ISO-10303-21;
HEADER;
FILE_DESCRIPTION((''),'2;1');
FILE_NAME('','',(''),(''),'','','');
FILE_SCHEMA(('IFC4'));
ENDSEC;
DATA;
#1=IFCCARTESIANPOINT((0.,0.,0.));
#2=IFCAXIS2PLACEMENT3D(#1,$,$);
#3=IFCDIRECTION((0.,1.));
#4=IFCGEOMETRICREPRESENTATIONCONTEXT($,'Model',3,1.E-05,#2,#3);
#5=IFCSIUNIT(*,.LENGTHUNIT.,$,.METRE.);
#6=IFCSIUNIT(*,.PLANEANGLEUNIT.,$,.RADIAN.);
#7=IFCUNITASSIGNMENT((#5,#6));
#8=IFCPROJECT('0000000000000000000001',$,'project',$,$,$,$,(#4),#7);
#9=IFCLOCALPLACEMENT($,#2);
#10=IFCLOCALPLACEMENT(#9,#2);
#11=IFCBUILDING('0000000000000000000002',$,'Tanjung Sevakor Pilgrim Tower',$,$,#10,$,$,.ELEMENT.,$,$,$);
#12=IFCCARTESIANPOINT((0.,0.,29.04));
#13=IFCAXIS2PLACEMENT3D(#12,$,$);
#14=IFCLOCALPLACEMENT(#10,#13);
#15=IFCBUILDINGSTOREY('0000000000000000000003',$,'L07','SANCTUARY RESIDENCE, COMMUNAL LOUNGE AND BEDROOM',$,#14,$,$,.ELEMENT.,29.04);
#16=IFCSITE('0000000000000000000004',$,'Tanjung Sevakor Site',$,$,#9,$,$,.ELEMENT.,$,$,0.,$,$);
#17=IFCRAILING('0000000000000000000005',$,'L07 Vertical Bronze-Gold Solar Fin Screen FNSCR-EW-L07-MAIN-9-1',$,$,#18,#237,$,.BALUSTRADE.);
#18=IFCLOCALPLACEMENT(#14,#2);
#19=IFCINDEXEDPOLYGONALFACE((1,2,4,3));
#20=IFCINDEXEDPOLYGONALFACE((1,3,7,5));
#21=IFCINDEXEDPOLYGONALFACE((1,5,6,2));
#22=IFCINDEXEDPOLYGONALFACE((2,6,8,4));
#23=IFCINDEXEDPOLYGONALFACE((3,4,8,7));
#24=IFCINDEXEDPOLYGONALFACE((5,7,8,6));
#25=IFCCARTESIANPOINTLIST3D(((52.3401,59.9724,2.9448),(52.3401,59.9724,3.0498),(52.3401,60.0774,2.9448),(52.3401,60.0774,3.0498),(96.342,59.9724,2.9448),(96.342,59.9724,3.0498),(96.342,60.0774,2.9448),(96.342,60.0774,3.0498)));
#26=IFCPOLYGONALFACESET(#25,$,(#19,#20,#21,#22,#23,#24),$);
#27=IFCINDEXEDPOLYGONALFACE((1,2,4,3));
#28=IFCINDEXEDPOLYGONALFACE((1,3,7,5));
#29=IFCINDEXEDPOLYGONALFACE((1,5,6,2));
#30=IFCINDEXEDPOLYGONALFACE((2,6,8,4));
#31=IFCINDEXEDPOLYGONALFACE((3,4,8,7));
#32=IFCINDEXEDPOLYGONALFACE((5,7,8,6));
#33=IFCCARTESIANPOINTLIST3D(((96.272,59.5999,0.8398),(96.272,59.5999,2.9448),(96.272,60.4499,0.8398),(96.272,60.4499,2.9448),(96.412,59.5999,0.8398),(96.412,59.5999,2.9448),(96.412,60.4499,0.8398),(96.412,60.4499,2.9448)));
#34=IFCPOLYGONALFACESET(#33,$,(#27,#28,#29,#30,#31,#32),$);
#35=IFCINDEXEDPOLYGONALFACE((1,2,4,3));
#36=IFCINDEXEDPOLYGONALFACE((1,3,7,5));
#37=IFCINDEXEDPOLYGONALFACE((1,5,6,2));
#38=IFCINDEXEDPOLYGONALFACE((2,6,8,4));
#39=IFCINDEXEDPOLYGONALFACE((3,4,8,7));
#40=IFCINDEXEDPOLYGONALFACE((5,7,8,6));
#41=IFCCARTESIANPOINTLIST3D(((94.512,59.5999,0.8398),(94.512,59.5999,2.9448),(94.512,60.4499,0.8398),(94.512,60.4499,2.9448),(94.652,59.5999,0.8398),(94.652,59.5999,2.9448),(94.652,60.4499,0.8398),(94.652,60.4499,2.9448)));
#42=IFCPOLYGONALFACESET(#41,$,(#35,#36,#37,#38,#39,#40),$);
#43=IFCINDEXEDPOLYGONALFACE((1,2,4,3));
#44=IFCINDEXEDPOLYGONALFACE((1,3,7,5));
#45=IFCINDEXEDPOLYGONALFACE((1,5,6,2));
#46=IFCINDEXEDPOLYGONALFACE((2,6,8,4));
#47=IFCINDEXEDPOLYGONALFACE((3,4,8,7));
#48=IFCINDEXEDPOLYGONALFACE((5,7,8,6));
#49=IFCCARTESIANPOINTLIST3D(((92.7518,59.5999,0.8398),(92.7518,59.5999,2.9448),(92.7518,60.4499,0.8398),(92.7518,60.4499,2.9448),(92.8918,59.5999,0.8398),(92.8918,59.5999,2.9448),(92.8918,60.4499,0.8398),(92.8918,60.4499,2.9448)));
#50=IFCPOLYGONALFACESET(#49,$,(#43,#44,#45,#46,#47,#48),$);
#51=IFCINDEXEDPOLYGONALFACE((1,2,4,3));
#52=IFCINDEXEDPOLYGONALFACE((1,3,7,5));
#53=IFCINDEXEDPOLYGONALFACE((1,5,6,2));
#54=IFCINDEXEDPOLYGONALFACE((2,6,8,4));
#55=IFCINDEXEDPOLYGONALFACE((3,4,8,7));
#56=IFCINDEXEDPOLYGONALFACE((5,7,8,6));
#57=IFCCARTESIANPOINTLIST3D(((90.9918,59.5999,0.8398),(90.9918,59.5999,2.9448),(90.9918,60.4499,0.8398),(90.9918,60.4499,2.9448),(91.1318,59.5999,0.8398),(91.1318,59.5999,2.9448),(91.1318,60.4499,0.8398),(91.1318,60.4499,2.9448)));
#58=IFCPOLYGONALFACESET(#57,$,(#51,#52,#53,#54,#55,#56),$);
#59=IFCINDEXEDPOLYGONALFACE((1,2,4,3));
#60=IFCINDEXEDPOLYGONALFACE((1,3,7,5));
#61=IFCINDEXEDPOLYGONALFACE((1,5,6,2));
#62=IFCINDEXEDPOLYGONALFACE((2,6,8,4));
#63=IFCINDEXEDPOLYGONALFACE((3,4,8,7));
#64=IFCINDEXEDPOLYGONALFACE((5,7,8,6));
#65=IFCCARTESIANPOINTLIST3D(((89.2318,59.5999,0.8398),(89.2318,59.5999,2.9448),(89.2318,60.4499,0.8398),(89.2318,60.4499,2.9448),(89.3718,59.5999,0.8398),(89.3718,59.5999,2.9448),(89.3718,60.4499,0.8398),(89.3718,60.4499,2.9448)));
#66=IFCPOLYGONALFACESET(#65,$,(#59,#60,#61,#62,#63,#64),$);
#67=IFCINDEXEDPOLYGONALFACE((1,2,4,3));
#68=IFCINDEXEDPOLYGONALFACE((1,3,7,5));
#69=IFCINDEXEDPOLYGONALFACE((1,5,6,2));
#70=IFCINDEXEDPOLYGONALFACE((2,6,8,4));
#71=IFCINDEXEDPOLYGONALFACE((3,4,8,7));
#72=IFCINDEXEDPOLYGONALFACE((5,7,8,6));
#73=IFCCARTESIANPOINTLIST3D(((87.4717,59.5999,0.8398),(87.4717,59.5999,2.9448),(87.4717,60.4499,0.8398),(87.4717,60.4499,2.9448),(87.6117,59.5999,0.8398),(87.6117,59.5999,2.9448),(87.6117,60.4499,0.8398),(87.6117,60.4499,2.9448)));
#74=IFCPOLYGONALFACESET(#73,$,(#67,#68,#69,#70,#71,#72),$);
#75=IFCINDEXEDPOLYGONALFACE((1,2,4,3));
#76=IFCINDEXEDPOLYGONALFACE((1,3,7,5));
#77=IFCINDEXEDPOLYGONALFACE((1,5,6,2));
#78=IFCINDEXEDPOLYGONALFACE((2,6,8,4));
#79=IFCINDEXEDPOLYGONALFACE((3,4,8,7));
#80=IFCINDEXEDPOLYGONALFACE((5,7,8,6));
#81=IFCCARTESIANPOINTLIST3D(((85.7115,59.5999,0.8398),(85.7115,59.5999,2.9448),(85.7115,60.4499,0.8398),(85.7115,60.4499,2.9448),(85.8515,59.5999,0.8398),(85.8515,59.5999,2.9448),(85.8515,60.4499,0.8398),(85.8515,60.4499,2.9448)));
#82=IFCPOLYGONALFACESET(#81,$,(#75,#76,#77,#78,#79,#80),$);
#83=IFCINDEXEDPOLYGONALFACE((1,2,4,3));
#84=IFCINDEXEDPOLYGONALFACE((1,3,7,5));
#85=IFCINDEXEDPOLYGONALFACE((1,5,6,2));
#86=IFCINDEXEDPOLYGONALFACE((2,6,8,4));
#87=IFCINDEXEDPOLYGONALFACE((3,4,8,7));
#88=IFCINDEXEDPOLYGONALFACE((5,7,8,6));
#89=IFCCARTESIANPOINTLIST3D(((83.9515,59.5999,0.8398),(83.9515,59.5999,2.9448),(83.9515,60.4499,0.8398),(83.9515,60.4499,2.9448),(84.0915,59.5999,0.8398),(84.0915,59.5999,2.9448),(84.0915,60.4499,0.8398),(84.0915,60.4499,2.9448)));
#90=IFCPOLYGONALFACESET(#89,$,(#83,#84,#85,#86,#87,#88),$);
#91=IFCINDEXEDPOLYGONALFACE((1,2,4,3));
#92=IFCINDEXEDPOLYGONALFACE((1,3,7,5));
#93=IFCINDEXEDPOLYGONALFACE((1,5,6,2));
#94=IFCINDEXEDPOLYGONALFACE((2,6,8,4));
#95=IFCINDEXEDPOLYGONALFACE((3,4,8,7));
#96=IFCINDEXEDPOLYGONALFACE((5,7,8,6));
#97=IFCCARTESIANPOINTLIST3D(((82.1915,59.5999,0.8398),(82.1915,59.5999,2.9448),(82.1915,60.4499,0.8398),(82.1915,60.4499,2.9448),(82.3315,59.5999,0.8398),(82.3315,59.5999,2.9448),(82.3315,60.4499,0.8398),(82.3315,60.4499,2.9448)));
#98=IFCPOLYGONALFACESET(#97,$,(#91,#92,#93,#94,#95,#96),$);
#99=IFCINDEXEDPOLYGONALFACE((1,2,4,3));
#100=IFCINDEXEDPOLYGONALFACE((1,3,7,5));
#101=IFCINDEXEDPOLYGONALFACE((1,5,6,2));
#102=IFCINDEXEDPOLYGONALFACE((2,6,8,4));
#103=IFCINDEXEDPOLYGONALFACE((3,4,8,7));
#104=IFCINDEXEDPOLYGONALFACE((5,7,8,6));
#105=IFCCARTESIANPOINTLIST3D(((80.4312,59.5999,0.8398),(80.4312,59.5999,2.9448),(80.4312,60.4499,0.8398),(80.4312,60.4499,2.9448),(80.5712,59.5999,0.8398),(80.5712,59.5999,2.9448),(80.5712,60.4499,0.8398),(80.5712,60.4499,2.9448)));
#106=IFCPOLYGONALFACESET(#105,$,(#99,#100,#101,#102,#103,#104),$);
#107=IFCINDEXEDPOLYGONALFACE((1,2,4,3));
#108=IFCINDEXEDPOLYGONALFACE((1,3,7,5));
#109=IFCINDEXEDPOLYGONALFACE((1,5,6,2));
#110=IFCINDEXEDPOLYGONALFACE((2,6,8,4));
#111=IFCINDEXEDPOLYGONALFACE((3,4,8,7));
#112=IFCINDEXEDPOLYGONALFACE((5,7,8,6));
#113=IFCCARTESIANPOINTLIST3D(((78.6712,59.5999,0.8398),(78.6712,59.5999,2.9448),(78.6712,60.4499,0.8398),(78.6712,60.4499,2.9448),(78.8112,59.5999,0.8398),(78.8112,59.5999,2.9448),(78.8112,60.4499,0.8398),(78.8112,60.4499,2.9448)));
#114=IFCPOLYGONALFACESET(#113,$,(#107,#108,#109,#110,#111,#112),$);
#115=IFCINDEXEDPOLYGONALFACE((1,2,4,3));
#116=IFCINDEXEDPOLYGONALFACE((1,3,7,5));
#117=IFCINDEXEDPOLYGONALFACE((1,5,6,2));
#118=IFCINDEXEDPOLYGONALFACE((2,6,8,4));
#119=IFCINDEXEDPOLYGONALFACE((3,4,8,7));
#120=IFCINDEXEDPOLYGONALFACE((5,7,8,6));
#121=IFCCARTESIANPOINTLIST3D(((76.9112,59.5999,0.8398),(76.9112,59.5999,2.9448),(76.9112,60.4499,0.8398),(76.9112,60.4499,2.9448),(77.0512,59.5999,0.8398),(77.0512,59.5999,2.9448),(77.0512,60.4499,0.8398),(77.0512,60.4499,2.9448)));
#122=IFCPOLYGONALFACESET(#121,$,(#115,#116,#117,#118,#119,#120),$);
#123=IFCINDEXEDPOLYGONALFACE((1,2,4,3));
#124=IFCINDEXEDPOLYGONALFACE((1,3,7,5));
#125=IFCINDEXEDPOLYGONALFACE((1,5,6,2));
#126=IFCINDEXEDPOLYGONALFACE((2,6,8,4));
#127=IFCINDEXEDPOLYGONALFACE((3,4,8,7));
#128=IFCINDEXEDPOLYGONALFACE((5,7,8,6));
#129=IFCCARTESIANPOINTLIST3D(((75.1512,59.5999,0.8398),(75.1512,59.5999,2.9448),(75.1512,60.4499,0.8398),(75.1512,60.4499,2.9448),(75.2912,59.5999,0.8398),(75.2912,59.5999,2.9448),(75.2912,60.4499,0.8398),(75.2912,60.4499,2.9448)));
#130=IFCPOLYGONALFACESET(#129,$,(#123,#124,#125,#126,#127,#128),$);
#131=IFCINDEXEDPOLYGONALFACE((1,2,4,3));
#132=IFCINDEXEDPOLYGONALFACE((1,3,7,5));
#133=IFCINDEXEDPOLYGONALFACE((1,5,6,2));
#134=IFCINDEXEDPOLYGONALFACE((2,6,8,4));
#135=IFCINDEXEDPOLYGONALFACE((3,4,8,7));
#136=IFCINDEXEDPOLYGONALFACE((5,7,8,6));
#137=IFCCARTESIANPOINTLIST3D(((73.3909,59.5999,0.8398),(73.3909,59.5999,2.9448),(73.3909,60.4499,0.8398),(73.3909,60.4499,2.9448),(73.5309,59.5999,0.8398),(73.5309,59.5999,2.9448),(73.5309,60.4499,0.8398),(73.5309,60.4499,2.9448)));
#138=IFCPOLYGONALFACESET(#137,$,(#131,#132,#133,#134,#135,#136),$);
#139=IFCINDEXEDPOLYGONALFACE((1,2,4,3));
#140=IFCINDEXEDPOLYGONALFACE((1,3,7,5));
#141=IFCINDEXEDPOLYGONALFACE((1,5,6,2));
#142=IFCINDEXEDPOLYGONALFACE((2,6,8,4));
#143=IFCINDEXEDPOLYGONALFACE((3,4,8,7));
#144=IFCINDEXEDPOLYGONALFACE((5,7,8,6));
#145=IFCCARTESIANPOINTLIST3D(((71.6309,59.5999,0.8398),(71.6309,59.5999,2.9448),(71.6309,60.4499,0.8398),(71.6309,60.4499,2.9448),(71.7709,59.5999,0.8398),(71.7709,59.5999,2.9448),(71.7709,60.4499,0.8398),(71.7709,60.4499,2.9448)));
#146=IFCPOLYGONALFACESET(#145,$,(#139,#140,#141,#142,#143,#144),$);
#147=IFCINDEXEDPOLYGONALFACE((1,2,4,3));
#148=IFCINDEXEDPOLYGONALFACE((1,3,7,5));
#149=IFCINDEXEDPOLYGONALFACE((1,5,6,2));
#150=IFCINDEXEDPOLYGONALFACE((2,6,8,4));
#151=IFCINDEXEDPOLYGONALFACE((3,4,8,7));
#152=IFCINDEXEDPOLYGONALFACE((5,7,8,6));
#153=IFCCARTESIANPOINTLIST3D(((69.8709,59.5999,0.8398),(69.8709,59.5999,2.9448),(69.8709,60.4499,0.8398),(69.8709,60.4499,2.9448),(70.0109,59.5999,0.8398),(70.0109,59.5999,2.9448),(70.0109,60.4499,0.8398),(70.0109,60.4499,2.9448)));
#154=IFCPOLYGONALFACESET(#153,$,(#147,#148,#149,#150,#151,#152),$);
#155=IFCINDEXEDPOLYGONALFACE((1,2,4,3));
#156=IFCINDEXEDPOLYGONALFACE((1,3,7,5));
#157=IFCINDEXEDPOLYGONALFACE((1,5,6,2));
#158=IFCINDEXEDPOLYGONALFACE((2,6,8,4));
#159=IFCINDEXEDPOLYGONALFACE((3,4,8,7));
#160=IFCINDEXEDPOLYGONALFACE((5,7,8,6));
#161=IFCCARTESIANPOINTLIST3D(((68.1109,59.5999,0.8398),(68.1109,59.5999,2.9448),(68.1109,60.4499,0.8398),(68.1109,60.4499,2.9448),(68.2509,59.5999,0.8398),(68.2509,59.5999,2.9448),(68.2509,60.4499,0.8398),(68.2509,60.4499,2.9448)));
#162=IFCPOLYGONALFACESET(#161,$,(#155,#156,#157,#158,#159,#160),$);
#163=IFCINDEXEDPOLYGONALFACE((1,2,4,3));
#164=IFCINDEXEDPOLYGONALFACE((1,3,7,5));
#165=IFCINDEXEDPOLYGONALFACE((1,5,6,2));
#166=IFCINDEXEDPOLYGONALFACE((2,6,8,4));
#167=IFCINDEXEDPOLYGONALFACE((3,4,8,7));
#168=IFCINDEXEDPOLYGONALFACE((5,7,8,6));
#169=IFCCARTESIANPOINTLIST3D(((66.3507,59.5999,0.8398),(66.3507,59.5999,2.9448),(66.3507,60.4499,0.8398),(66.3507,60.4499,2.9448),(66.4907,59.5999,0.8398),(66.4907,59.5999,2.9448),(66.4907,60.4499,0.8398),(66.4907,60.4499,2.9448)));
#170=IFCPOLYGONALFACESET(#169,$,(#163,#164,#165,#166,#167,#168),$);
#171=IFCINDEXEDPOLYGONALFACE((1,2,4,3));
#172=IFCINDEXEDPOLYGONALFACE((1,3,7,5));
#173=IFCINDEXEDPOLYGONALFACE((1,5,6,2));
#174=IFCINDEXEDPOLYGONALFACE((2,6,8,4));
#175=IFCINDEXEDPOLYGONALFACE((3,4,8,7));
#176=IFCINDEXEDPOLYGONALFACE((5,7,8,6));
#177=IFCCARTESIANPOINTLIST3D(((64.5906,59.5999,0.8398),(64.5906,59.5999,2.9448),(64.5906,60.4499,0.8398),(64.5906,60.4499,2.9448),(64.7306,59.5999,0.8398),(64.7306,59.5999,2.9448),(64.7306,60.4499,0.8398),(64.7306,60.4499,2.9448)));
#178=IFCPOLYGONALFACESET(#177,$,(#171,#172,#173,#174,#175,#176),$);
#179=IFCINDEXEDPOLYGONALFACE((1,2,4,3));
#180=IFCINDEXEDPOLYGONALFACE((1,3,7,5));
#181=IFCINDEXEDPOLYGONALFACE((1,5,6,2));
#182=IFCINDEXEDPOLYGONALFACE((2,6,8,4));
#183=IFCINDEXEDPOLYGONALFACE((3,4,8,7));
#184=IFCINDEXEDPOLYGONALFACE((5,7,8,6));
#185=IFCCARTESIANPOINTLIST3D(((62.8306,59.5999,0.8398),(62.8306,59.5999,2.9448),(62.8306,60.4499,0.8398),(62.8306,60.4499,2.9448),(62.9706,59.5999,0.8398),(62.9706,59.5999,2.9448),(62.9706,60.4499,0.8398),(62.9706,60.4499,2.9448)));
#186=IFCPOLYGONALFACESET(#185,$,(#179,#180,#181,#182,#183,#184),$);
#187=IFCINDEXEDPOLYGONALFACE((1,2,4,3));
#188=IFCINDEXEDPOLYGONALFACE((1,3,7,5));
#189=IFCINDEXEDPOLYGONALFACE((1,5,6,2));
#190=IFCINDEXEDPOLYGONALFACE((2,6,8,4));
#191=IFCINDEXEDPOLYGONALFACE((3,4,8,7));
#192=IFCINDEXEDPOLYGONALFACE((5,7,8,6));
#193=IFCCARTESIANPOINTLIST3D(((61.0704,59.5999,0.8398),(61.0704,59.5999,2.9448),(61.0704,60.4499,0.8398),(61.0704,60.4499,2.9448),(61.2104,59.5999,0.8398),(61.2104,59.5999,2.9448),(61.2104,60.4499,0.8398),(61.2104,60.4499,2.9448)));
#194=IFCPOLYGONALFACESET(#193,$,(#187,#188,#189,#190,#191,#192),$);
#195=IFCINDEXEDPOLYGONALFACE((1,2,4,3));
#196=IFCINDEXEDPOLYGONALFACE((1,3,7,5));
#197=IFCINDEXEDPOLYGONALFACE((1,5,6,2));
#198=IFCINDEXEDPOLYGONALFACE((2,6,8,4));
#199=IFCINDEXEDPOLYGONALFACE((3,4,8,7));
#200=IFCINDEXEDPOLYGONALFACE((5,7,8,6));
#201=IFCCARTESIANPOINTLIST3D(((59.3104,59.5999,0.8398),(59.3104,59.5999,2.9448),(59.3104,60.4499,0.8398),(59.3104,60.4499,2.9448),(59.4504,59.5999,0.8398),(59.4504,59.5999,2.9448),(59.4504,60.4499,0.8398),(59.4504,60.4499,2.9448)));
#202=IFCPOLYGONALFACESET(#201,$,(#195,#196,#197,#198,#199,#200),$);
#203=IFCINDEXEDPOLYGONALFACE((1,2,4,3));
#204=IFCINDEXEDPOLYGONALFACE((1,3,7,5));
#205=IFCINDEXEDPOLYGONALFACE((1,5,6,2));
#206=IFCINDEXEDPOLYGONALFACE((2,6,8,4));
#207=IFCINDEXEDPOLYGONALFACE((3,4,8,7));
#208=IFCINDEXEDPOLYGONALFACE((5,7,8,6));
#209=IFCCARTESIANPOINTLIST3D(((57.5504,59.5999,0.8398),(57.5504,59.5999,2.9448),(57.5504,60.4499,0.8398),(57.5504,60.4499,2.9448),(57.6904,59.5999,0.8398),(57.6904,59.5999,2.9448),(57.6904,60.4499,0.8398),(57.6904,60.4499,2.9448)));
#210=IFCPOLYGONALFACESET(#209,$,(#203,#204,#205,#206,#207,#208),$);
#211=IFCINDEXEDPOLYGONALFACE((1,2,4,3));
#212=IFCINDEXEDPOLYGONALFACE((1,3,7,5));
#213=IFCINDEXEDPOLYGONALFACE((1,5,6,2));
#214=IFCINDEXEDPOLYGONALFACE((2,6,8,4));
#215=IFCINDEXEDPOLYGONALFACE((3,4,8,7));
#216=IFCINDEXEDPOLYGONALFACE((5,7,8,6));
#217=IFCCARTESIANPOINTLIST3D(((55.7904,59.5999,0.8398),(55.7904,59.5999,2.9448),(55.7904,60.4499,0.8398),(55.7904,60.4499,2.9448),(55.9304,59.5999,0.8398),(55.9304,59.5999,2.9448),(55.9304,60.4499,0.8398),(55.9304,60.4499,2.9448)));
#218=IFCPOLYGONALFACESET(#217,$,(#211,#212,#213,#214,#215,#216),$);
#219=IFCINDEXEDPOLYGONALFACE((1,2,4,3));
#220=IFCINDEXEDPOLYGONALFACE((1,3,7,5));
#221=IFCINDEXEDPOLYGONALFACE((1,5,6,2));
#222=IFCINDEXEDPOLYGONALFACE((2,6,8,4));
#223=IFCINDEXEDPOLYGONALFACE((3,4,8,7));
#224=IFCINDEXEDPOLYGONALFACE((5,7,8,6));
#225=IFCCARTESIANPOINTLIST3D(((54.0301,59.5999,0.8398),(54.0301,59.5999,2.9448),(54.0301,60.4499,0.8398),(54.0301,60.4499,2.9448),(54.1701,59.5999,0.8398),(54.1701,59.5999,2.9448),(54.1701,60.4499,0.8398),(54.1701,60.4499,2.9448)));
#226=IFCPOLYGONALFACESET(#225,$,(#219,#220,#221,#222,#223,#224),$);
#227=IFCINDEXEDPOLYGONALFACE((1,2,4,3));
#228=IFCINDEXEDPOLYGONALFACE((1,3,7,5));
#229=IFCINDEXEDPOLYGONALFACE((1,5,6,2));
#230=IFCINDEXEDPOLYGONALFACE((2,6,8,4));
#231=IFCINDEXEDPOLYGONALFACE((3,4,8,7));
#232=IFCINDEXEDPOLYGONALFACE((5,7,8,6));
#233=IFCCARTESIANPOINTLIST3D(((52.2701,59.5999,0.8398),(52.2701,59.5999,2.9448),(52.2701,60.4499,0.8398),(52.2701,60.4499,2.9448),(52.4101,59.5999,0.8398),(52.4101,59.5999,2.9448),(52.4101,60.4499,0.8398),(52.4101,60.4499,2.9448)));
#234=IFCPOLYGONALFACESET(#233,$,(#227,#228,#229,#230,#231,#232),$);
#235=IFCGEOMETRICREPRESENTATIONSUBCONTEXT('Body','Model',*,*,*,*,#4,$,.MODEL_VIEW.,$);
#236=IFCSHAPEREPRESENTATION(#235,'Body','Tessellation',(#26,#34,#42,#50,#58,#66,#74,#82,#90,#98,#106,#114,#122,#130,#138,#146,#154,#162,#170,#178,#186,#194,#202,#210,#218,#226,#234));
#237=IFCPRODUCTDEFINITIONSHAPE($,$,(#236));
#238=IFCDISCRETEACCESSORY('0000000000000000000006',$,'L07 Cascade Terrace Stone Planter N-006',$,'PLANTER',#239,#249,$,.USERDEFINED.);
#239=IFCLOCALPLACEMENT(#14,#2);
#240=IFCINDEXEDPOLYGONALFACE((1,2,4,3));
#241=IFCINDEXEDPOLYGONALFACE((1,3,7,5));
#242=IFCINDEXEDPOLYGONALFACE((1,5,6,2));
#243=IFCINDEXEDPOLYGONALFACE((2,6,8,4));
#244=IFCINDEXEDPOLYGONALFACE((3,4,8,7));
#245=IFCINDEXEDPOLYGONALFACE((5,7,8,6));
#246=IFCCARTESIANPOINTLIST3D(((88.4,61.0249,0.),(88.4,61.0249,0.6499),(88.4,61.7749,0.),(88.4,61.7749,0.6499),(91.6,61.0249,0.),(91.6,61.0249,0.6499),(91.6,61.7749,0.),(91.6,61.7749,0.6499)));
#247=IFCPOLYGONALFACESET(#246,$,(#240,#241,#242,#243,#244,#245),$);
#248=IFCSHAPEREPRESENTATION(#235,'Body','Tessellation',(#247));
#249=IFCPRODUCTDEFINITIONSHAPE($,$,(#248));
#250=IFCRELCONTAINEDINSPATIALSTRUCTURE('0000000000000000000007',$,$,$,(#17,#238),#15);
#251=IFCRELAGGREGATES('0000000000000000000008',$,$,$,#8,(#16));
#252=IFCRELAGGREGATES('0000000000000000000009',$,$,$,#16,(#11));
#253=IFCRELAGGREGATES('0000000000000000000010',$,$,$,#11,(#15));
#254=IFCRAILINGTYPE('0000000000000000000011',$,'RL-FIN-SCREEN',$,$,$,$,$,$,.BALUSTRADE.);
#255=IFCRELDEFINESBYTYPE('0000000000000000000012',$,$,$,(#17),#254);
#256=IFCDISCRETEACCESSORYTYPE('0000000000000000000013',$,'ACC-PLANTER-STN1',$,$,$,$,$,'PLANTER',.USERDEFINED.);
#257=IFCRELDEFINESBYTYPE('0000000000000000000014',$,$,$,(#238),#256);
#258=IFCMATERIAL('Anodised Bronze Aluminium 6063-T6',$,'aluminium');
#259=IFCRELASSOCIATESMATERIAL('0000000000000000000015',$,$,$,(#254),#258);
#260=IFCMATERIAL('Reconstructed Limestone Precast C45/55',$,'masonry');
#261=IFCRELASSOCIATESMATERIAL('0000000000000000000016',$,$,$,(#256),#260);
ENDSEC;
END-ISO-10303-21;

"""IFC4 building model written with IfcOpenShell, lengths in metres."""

from ifc_helpers import new_model, si_unit, direction, frame, origin, origin_2d, place, context, subcontext, project, spatial, rectangle, extrude, material, type_object, element, save


model = new_model("IFC4")

# Units and contexts
model_context = context("Model", 3, precision=1e-05, world=origin(), true_north=direction((0.0, 1.0)))
body_context = subcontext(model_context, "Body", "Model", "MODEL_VIEW")
ifc_project = project(units=[si_unit("LENGTHUNIT", "METRE"), si_unit("PLANEANGLEUNIT", "RADIAN")], contexts=[model_context])

# Site, building, storey
site_placement = place(None, origin())
site = spatial("IfcSite", under=ifc_project, at=site_placement, Name="Tanjung Sevakor Site", CompositionType="ELEMENT", RefElevation=0.0)
building_placement = place(site_placement, origin())
building = spatial("IfcBuilding", under=site, at=building_placement, Name="Tanjung Sevakor Pilgrim Tower", CompositionType="ELEMENT")
storey_placement = place(building_placement, frame((0.0, 0.0, 29.04)))
storey = spatial("IfcBuildingStorey", under=building, at=storey_placement, Name="L07", Description="SANCTUARY RESIDENCE, COMMUNAL LOUNGE AND BEDROOM", CompositionType="ELEMENT", Elevation=29.04)

# Railing
ifc_material_1 = material(Name="Anodised Bronze Aluminium 6063-T6", Category="aluminium")
railing_type_1 = type_object("IfcRailingType", Name="RL-FIN-SCREEN", PredefinedType="BALUSTRADE", material=ifc_material_1)
railing_1_placement = place(storey_placement, frame((96.342, 60.0249, 0.8398)))
element("IfcRailing", 1, at=railing_1_placement, inside=storey, type_object=railing_type_1, Name="L07 Vertical Bronze-Gold Solar Fin Screen FNSCR-EW-L07-MAIN-9-1", PredefinedType="BALUSTRADE", context=body_context, shape_type="SweptSolid", body=[
    extrude(rectangle(XDim=0.105, YDim=0.105), frame((0.0, 0.0, 2.1575), z_axis=(-1.0, 0.0, 0.0), x_axis=(0.0, -1.0, 0.0)), (0.0, 0.0, 1.0), 44.002),
    extrude(rectangle(XDim=0.14, YDim=0.85), origin(), (0.0, 0.0, 1.0), 2.105),
    extrude(rectangle(XDim=0.14, YDim=0.85), frame((-1.76, 0.0, 0.0)), (0.0, 0.0, 1.0), 2.105),
    extrude(rectangle(XDim=0.14, YDim=0.85), frame((-3.5203, 0.0, 0.0)), (0.0, 0.0, 1.0), 2.105),
    extrude(rectangle(XDim=0.14, YDim=0.85), frame((-5.2803, 0.0, 0.0)), (0.0, 0.0, 1.0), 2.105),
    extrude(rectangle(XDim=0.14, YDim=0.85), frame((-7.0403, 0.0, 0.0)), (0.0, 0.0, 1.0), 2.105),
    extrude(rectangle(XDim=0.14, YDim=0.85), frame((-8.8003, 0.0, 0.0)), (0.0, 0.0, 1.0), 2.105),
    extrude(rectangle(XDim=0.14, YDim=0.85), frame((-10.5605, 0.0, 0.0)), (0.0, 0.0, 1.0), 2.105),
    extrude(rectangle(XDim=0.14, YDim=0.85), frame((-12.3206, 0.0, 0.0)), (0.0, 0.0, 1.0), 2.105),
    extrude(rectangle(XDim=0.14, YDim=0.85), frame((-14.0806, 0.0, 0.0)), (0.0, 0.0, 1.0), 2.105),
    extrude(rectangle(XDim=0.14, YDim=0.85), frame((-15.8408, 0.0, 0.0)), (0.0, 0.0, 1.0), 2.105),
    extrude(rectangle(XDim=0.14, YDim=0.85), frame((-17.6008, 0.0, 0.0)), (0.0, 0.0, 1.0), 2.105),
    extrude(rectangle(XDim=0.14, YDim=0.85), frame((-19.3608, 0.0, 0.0)), (0.0, 0.0, 1.0), 2.105),
    extrude(rectangle(XDim=0.14, YDim=0.85), frame((-21.1208, 0.0, 0.0)), (0.0, 0.0, 1.0), 2.105),
    extrude(rectangle(XDim=0.14, YDim=0.85), frame((-22.8811, 0.0, 0.0)), (0.0, 0.0, 1.0), 2.105),
    extrude(rectangle(XDim=0.14, YDim=0.85), frame((-24.6411, 0.0, 0.0)), (0.0, 0.0, 1.0), 2.105),
    extrude(rectangle(XDim=0.14, YDim=0.85), frame((-26.4011, 0.0, 0.0)), (0.0, 0.0, 1.0), 2.105),
    extrude(rectangle(XDim=0.14, YDim=0.85), frame((-28.1611, 0.0, 0.0)), (0.0, 0.0, 1.0), 2.105),
    extrude(rectangle(XDim=0.14, YDim=0.85), frame((-29.9214, 0.0, 0.0)), (0.0, 0.0, 1.0), 2.105),
    extrude(rectangle(XDim=0.14, YDim=0.85), frame((-31.6814, 0.0, 0.0)), (0.0, 0.0, 1.0), 2.105),
    extrude(rectangle(XDim=0.14, YDim=0.85), frame((-33.4414, 0.0, 0.0)), (0.0, 0.0, 1.0), 2.105),
    extrude(rectangle(XDim=0.14, YDim=0.85), frame((-35.2017, 0.0, 0.0)), (0.0, 0.0, 1.0), 2.105),
    extrude(rectangle(XDim=0.14, YDim=0.85), frame((-36.9617, 0.0, 0.0)), (0.0, 0.0, 1.0), 2.105),
    extrude(rectangle(XDim=0.14, YDim=0.85), frame((-38.7217, 0.0, 0.0)), (0.0, 0.0, 1.0), 2.105),
    extrude(rectangle(XDim=0.14, YDim=0.85), frame((-40.4817, 0.0, 0.0)), (0.0, 0.0, 1.0), 2.105),
    extrude(rectangle(XDim=0.14, YDim=0.85), frame((-42.2419, 0.0, 0.0)), (0.0, 0.0, 1.0), 2.105),
    extrude(rectangle(XDim=0.14, YDim=0.85), frame((-44.002, 0.0, 0.0)), (0.0, 0.0, 1.0), 2.105),
])

# Discrete accessory
ifc_material_2 = material(Name="Reconstructed Limestone Precast C45/55", Category="masonry")
discrete_accessory_type = type_object("IfcDiscreteAccessoryType", Name="ACC-PLANTER-STN1", ElementType="PLANTER", PredefinedType="USERDEFINED", material=ifc_material_2)
discrete_accessory_placement = place(storey_placement, frame((90.0, 61.3999, 0.0), z_axis=(0.0, 0.0, 1.0), x_axis=(1.0, 0.0, 0.0)))
element("IfcDiscreteAccessory", 2, at=discrete_accessory_placement, inside=storey, type_object=discrete_accessory_type, Name="L07 Cascade Terrace Stone Planter N-006", ObjectType="PLANTER", PredefinedType="USERDEFINED", context=body_context, shape_type="SweptSolid", body=[
    extrude(rectangle(XDim=3.2, YDim=0.75, at=origin_2d()), origin(), (0.0, 0.0, 1.0), 0.6499),
])

save(model, "model.ifc")
